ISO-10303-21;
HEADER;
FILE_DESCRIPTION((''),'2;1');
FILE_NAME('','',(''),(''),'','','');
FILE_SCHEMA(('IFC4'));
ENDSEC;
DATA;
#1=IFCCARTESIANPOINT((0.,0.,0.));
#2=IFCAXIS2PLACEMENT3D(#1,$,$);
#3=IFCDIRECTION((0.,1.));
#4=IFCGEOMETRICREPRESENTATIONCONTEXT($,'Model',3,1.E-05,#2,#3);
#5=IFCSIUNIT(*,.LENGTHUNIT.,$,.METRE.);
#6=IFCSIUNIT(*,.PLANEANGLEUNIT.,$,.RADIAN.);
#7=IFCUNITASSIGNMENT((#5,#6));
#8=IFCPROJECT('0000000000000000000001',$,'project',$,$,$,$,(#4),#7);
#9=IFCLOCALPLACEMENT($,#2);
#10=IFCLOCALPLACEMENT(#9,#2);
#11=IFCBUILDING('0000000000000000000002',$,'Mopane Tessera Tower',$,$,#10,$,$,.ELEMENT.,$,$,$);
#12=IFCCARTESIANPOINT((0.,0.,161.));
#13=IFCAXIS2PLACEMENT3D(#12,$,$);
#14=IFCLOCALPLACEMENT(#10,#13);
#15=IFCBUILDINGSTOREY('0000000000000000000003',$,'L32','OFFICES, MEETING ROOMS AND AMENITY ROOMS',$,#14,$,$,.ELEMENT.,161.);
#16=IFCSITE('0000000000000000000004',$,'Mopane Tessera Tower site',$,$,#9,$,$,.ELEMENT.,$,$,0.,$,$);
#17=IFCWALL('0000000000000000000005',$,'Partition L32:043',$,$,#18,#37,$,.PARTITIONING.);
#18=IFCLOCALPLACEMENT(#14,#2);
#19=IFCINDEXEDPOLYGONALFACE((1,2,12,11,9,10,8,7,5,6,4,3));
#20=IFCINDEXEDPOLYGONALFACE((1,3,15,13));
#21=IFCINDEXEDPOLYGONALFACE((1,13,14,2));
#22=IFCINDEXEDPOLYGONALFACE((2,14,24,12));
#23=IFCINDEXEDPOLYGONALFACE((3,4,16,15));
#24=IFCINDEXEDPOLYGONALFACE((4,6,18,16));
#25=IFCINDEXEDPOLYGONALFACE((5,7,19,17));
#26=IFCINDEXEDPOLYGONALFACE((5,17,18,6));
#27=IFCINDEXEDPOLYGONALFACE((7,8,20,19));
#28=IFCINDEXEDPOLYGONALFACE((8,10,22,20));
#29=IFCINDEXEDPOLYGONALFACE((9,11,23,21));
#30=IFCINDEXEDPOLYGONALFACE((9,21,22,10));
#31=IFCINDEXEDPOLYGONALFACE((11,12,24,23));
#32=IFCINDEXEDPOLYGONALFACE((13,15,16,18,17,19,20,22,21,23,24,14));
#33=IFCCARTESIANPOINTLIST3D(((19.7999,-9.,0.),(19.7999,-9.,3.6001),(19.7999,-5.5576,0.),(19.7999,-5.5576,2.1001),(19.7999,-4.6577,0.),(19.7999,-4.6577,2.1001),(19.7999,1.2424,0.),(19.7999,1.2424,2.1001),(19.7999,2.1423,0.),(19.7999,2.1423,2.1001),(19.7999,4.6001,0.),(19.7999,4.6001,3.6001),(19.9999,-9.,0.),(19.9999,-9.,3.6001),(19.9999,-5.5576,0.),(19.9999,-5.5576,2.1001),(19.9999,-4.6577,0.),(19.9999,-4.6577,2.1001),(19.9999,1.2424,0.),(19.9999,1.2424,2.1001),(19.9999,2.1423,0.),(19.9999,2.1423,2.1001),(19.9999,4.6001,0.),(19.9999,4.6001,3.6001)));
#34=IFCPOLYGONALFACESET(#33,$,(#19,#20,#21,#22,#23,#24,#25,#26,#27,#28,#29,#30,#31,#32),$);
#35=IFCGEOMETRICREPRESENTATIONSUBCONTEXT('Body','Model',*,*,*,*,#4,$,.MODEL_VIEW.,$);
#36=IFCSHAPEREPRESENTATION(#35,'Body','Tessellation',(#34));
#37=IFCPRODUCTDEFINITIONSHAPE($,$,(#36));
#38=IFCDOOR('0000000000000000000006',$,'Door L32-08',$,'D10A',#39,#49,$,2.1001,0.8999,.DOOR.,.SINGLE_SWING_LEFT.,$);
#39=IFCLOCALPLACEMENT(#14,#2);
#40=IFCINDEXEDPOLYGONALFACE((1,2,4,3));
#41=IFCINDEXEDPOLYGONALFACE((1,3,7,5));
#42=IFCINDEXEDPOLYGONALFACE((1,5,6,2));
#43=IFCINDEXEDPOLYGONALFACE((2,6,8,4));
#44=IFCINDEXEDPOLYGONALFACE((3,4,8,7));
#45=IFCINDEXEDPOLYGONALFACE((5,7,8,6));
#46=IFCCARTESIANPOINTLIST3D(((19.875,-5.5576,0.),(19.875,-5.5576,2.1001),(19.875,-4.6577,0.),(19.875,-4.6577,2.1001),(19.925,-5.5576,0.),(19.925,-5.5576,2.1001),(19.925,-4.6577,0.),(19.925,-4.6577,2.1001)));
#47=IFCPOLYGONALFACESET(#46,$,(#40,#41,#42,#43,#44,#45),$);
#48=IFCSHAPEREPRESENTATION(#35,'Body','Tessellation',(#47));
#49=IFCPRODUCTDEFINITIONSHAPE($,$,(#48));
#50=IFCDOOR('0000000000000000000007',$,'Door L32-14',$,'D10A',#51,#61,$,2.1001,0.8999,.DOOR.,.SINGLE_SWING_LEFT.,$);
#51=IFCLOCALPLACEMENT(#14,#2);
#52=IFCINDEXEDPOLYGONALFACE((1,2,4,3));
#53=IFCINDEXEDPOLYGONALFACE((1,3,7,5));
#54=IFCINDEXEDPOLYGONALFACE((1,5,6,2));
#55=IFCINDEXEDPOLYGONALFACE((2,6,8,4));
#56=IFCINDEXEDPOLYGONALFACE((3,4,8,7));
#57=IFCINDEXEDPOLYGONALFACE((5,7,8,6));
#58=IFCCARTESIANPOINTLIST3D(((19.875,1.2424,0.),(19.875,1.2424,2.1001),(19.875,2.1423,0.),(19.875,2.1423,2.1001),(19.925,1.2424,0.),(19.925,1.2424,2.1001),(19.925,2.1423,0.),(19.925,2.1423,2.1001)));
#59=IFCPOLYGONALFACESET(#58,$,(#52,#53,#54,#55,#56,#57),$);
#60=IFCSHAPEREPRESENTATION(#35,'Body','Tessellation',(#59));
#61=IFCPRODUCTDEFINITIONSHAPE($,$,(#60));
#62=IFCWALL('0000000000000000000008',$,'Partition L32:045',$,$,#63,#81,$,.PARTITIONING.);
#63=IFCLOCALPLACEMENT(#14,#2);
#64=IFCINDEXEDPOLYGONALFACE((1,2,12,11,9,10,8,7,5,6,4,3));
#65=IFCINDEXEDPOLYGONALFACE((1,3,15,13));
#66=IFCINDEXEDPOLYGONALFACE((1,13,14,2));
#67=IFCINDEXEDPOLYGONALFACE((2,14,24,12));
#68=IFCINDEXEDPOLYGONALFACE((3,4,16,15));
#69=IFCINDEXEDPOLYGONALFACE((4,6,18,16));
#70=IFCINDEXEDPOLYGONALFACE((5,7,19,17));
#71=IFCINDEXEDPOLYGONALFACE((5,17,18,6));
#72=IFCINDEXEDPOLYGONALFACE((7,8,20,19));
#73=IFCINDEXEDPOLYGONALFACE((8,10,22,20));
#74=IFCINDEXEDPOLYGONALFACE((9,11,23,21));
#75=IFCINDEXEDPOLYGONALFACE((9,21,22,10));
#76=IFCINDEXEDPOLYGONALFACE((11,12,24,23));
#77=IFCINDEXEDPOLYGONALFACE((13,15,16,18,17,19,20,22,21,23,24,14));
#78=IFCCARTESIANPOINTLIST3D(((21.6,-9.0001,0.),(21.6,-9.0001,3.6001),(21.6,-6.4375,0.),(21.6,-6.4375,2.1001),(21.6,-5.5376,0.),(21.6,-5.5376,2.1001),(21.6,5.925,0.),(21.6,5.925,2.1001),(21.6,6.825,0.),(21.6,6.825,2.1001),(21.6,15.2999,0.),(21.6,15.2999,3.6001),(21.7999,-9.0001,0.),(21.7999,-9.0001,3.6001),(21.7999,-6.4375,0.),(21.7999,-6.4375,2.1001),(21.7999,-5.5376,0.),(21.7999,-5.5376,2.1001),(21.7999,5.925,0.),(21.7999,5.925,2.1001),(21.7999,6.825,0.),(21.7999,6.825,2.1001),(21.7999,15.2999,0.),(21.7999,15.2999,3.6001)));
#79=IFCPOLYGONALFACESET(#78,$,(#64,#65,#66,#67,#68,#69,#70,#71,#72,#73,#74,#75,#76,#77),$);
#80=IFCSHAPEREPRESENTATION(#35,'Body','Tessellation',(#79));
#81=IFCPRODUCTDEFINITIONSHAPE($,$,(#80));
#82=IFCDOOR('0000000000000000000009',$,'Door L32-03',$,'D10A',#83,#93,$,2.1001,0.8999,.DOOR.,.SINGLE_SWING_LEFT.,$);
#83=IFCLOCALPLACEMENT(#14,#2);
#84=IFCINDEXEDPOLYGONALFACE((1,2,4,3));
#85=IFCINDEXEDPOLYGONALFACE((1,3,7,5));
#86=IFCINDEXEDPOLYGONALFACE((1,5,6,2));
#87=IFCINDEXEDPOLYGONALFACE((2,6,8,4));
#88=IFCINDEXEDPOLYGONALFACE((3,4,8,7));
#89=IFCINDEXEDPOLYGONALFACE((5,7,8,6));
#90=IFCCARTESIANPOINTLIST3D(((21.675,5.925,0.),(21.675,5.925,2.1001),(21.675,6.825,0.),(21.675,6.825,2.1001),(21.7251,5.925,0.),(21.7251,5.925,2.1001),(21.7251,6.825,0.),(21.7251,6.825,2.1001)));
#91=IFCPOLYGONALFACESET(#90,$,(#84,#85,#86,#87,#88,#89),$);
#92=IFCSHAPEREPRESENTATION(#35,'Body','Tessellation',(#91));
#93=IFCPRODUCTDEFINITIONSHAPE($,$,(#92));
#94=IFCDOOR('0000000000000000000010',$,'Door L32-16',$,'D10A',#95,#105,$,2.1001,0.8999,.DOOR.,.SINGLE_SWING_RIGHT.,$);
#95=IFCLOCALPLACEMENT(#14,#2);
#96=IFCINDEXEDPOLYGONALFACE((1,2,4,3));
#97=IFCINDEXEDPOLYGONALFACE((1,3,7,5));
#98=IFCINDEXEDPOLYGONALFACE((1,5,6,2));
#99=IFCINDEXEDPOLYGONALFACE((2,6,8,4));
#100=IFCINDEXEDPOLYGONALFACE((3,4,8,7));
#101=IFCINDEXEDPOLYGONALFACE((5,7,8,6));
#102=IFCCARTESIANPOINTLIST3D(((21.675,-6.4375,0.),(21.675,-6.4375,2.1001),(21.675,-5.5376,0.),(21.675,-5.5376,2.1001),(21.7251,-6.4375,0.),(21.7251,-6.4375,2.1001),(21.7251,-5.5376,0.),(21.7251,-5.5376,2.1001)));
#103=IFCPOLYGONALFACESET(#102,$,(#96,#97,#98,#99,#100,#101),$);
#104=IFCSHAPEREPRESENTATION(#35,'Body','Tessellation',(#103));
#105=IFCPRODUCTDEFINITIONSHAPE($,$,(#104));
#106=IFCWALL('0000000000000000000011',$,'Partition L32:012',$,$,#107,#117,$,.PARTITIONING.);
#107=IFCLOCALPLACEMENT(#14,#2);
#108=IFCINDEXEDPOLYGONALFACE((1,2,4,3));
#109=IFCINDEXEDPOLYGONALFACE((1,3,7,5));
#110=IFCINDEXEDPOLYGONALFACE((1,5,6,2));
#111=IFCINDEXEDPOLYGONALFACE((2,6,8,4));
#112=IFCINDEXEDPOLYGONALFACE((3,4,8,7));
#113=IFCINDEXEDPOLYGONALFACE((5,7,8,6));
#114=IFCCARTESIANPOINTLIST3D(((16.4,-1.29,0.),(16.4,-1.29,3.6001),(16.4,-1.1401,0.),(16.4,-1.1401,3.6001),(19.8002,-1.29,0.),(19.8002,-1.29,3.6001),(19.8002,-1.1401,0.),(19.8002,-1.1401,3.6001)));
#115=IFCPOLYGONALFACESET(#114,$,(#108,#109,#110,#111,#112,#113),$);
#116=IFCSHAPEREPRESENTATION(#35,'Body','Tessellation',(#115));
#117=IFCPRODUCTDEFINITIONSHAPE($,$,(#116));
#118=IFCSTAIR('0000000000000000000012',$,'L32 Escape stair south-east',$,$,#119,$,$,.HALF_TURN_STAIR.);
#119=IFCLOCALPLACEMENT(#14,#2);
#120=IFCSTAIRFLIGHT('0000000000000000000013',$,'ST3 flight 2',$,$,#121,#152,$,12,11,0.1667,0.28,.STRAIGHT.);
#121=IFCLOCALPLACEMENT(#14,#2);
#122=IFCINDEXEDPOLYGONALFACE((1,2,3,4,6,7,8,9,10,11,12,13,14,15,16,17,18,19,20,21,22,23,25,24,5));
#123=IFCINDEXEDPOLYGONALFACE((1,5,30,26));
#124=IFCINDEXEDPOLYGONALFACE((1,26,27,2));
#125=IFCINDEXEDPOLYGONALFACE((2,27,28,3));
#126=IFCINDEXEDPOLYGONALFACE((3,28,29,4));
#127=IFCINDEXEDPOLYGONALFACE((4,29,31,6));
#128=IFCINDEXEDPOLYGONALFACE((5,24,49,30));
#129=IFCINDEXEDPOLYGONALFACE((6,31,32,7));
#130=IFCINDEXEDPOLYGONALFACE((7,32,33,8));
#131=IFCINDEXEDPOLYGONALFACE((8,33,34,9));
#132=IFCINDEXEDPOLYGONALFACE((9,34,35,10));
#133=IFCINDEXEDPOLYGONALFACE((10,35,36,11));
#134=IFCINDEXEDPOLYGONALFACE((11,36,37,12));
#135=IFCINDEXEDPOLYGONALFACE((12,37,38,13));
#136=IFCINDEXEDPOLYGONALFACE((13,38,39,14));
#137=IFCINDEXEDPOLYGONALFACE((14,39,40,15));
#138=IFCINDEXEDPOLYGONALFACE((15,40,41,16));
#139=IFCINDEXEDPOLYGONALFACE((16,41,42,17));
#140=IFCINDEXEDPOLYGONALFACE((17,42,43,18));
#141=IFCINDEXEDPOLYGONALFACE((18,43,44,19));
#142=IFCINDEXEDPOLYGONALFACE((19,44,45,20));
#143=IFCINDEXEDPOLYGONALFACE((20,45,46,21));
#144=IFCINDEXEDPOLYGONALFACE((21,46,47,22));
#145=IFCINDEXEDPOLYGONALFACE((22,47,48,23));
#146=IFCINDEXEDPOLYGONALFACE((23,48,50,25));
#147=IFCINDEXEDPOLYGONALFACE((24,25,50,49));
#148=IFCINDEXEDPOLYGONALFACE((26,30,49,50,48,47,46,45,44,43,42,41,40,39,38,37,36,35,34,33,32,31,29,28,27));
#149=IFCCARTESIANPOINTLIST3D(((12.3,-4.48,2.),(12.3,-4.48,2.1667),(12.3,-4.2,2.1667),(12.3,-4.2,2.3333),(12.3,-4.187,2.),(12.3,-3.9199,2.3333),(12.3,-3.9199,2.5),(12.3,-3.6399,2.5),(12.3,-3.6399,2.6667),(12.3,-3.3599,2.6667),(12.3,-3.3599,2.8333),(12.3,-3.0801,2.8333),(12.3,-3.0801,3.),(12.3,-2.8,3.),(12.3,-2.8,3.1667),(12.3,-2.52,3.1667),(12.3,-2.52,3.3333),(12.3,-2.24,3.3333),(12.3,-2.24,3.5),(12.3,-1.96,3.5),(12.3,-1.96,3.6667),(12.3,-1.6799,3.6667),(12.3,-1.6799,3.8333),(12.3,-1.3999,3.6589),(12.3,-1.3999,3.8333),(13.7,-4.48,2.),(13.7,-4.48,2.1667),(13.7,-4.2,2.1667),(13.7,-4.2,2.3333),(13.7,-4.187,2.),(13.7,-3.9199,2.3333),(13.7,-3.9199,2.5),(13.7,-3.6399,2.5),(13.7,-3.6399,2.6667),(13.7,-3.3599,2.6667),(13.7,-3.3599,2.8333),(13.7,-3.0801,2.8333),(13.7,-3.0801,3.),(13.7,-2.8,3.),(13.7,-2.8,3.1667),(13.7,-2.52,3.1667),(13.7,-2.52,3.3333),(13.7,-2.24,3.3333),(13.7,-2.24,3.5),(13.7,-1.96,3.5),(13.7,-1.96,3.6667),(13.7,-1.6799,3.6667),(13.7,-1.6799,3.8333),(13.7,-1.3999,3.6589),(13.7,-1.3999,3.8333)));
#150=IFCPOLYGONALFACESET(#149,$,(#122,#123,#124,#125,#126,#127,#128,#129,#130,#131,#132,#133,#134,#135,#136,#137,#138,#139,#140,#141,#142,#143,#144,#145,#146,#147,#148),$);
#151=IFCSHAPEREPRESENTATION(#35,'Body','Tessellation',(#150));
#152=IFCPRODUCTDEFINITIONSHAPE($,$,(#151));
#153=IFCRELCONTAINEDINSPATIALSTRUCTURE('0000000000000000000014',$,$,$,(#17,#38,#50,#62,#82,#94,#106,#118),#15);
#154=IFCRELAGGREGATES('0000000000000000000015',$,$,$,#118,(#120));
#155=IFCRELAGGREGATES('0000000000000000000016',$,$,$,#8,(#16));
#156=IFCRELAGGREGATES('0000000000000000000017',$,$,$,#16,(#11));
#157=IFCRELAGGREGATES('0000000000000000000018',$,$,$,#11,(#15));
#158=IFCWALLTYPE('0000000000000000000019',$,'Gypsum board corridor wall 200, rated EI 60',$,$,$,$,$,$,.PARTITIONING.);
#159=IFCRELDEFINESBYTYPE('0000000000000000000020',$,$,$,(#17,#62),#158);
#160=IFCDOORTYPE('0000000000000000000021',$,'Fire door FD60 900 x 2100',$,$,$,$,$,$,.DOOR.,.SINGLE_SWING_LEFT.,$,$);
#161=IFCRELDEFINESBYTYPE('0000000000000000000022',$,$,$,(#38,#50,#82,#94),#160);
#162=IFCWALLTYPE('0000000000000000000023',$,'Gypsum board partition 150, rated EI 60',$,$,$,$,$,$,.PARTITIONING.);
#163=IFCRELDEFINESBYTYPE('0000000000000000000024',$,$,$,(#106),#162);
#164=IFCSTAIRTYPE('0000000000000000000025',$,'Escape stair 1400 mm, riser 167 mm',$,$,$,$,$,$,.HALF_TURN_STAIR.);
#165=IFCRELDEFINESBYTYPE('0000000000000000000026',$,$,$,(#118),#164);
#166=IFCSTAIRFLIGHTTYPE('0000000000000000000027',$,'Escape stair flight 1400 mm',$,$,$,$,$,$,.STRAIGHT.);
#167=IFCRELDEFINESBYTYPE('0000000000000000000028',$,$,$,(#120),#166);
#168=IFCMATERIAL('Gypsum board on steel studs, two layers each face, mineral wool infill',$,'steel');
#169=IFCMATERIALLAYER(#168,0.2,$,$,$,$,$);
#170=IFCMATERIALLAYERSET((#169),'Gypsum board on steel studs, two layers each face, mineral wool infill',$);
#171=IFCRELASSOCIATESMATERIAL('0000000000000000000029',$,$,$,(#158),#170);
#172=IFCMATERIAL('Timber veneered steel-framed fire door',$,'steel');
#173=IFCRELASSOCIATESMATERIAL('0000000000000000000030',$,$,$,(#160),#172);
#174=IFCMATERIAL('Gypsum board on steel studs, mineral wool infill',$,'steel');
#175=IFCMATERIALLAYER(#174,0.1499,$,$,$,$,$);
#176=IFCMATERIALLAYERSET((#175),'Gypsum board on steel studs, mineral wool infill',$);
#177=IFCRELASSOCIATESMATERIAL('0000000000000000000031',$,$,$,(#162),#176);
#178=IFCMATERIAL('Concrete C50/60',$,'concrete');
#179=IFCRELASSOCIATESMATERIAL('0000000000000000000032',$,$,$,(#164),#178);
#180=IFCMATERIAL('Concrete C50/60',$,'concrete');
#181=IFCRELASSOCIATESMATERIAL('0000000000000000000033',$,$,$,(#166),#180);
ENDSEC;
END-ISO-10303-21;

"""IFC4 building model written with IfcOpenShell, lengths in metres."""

from ifc_helpers import new_model, si_unit, direction, frame, frame_2d, origin, place, context, subcontext, project, spatial, polyline, rectangle, outline, extrude, material, layer, layer_set, type_object, element, fill, aggregate, save


model = new_model("IFC4")

# Units and contexts
model_context = context("Model", 3, precision=1e-05, world=origin(), true_north=direction((0.0, 1.0)))
body_context = subcontext(model_context, "Body", "Model", "MODEL_VIEW")
ifc_project = project(units=[si_unit("LENGTHUNIT", "METRE"), si_unit("PLANEANGLEUNIT", "RADIAN")], contexts=[model_context])

# Site, building, storey
site_placement = place(None, origin())
site = spatial("IfcSite", under=ifc_project, at=site_placement, Name="Mopane Tessera Tower site", CompositionType="ELEMENT", RefElevation=0.0)
building_placement = place(site_placement, origin())
building = spatial("IfcBuilding", under=site, at=building_placement, Name="Mopane Tessera Tower", CompositionType="ELEMENT")
storey_placement = place(building_placement, frame((0.0, 0.0, 161.0)))
storey = spatial("IfcBuildingStorey", under=building, at=storey_placement, Name="L32", Description="OFFICES, MEETING ROOMS AND AMENITY ROOMS", CompositionType="ELEMENT", Elevation=161.0)

# Shared definitions
ifc_material_1 = material(Name="Gypsum board on steel studs, two layers each face, mineral wool infill", Category="steel")
ifc_layer_1 = layer(ifc_material_1, 0.2)
ifc_layer_set_1 = layer_set([ifc_layer_1], Name="Gypsum board on steel studs, two layers each face, mineral wool infill")
wall_type_1 = type_object("IfcWallType", Name="Gypsum board corridor wall 200, rated EI 60", PredefinedType="PARTITIONING", material=ifc_layer_set_1)

# Walls, openings, doors
wall_1_placement = place(storey_placement, frame((19.8999, -9.0, 0.0), z_axis=(0.0, 0.0, 1.0), x_axis=(0.0, 1.0, 0.0)))
wall_1 = element("IfcWall", 1, at=wall_1_placement, inside=storey, type_object=wall_type_1, Name="Partition L32:043", PredefinedType="PARTITIONING", context=body_context, shape_type="SweptSolid", body=[
    extrude(rectangle(XDim=13.6001, YDim=0.2, at=frame_2d((6.8, 0.0))), origin(), (0.0, 0.0, 1.0), 3.6001),
])
opening_1_placement = place(wall_1_placement, frame((3.4424, 0.0, 0.0)))
opening_1 = element("IfcOpeningElement", 2, at=opening_1_placement, cuts=wall_1, PredefinedType="OPENING", context=body_context, shape_type="SweptSolid", body=[
    extrude(rectangle(XDim=0.8999, YDim=2.1001, at=frame_2d((0.45, 1.05))), frame((0.0, 0.1121, 0.0), z_axis=(0.0, -1.0, 0.0), x_axis=(1.0, 0.0, 0.0)), (0.0, 0.0, 1.0), 0.2239),
])
opening_2_placement = place(wall_1_placement, frame((10.2424, 0.0, 0.0)))
opening_2 = element("IfcOpeningElement", 3, at=opening_2_placement, cuts=wall_1, PredefinedType="OPENING", context=body_context, shape_type="SweptSolid", body=[
    extrude(rectangle(XDim=0.8999, YDim=2.1001, at=frame_2d((0.45, 1.05))), frame((0.0, 0.1121, 0.0), z_axis=(0.0, -1.0, 0.0), x_axis=(1.0, 0.0, 0.0)), (0.0, 0.0, 1.0), 0.2239),
])
ifc_material_2 = material(Name="Timber veneered steel-framed fire door", Category="steel")
door_type_1 = type_object("IfcDoorType", Name="Fire door FD60 900 x 2100", OperationType="SINGLE_SWING_LEFT", PredefinedType="DOOR", material=ifc_material_2)
door_1_placement = place(opening_1_placement, origin())
door_1 = element("IfcDoor", 4, at=door_1_placement, inside=storey, type_object=door_type_1, Name="Door L32-08", ObjectType="D10A", OperationType="SINGLE_SWING_LEFT", OverallHeight=2.1001, OverallWidth=0.8999, PredefinedType="DOOR", context=body_context, shape_type="SweptSolid", body=[
    extrude(rectangle(XDim=0.8999, YDim=2.1001, at=frame_2d((0.45, 1.05))), frame((0.0, 0.0249, 0.0), z_axis=(0.0, -1.0, 0.0), x_axis=(1.0, 0.0, 0.0)), (0.0, 0.0, 1.0), 0.05),
])
fill(opening_1, door_1)
door_2_placement = place(opening_2_placement, origin())
door_2 = element("IfcDoor", 5, at=door_2_placement, inside=storey, type_object=door_type_1, Name="Door L32-14", ObjectType="D10A", OperationType="SINGLE_SWING_LEFT", OverallHeight=2.1001, OverallWidth=0.8999, PredefinedType="DOOR", context=body_context, shape_type="SweptSolid", body=[
    extrude(rectangle(XDim=0.8999, YDim=2.1001, at=frame_2d((0.45, 1.05))), frame((0.0, 0.0249, 0.0), z_axis=(0.0, -1.0, 0.0), x_axis=(1.0, 0.0, 0.0)), (0.0, 0.0, 1.0), 0.05),
])
fill(opening_2, door_2)
wall_2_placement = place(storey_placement, frame((21.7, -9.0, 0.0), z_axis=(0.0, 0.0, 1.0), x_axis=(0.0, 1.0, 0.0)))
wall_2 = element("IfcWall", 6, at=wall_2_placement, inside=storey, type_object=wall_type_1, Name="Partition L32:045", PredefinedType="PARTITIONING", context=body_context, shape_type="SweptSolid", body=[
    extrude(rectangle(XDim=24.3, YDim=0.2, at=frame_2d((12.1499, 0.0))), origin(), (0.0, 0.0, 1.0), 3.6001),
])
opening_3_placement = place(wall_2_placement, frame((14.925, 0.0, 0.0)))
opening_3 = element("IfcOpeningElement", 7, at=opening_3_placement, cuts=wall_2, PredefinedType="OPENING", context=body_context, shape_type="SweptSolid", body=[
    extrude(rectangle(XDim=0.8999, YDim=2.1001, at=frame_2d((0.45, 1.05))), frame((0.0, 0.1121, 0.0), z_axis=(0.0, -1.0, 0.0), x_axis=(1.0, 0.0, 0.0)), (0.0, 0.0, 1.0), 0.2239),
])
opening_4_placement = place(wall_2_placement, frame((2.5625, 0.0, 0.0)))
opening_4 = element("IfcOpeningElement", 8, at=opening_4_placement, cuts=wall_2, PredefinedType="OPENING", context=body_context, shape_type="SweptSolid", body=[
    extrude(rectangle(XDim=0.8999, YDim=2.1001, at=frame_2d((0.45, 1.05))), frame((0.0, 0.1121, 0.0), z_axis=(0.0, -1.0, 0.0), x_axis=(1.0, 0.0, 0.0)), (0.0, 0.0, 1.0), 0.2239),
])
door_3_placement = place(opening_3_placement, origin())
door_3 = element("IfcDoor", 9, at=door_3_placement, inside=storey, type_object=door_type_1, Name="Door L32-03", ObjectType="D10A", OperationType="SINGLE_SWING_LEFT", OverallHeight=2.1001, OverallWidth=0.8999, PredefinedType="DOOR", context=body_context, shape_type="SweptSolid", body=[
    extrude(rectangle(XDim=0.8999, YDim=2.1001, at=frame_2d((0.45, 1.05))), frame((0.0, 0.0249, 0.0), z_axis=(0.0, -1.0, 0.0), x_axis=(1.0, 0.0, 0.0)), (0.0, 0.0, 1.0), 0.05),
])
fill(opening_3, door_3)
door_4_placement = place(opening_4_placement, origin())
door_4 = element("IfcDoor", 10, at=door_4_placement, inside=storey, type_object=door_type_1, Name="Door L32-16", ObjectType="D10A", OperationType="SINGLE_SWING_RIGHT", OverallHeight=2.1001, OverallWidth=0.8999, PredefinedType="DOOR", context=body_context, shape_type="SweptSolid", body=[
    extrude(rectangle(XDim=0.8999, YDim=2.1001, at=frame_2d((0.45, 1.05))), frame((0.0, 0.0249, 0.0), z_axis=(0.0, -1.0, 0.0), x_axis=(1.0, 0.0, 0.0)), (0.0, 0.0, 1.0), 0.05),
])
fill(opening_4, door_4)

# Wall
ifc_material_3 = material(Name="Gypsum board on steel studs, mineral wool infill", Category="steel")
ifc_layer_2 = layer(ifc_material_3, 0.1499)
ifc_layer_set_2 = layer_set([ifc_layer_2], Name="Gypsum board on steel studs, mineral wool infill")
wall_type_2 = type_object("IfcWallType", Name="Gypsum board partition 150, rated EI 60", PredefinedType="PARTITIONING", material=ifc_layer_set_2)
wall_3_placement = place(storey_placement, frame((16.3999, -1.2151, 0.0), z_axis=(0.0, 0.0, 1.0), x_axis=(1.0, 0.0, 0.0)))
element("IfcWall", 11, at=wall_3_placement, inside=storey, type_object=wall_type_2, Name="Partition L32:012", PredefinedType="PARTITIONING", context=body_context, shape_type="SweptSolid", body=[
    extrude(rectangle(XDim=3.4001, YDim=0.1499, at=frame_2d((1.7002, 0.0))), origin(), (0.0, 0.0, 1.0), 3.6001),
])

# Stair, stair flight
ifc_material_4 = material(Name="Concrete C50/60", Category="concrete")
stair_type = type_object("IfcStairType", Name="Escape stair 1400 mm, riser 167 mm", PredefinedType="HALF_TURN_STAIR", material=ifc_material_4)
stair_placement = place(storey_placement, origin())
stair = element("IfcStair", 12, at=stair_placement, inside=storey, type_object=stair_type, Name="L32 Escape stair south-east", PredefinedType="HALF_TURN_STAIR")
ifc_material_5 = material(Name="Concrete C50/60", Category="concrete")
stair_flight_type = type_object("IfcStairFlightType", Name="Escape stair flight 1400 mm", PredefinedType="STRAIGHT", material=ifc_material_5)
stair_flight_placement = place(storey_placement, frame((13.0, -4.48, 2.0), z_axis=(0.0, 0.0, 1.0), x_axis=(0.0, 1.0, 0.0)))
stair_flight = element("IfcStairFlight", 13, at=stair_flight_placement, type_object=stair_flight_type, Name="ST3 flight 2", NumberOfRisers=12, NumberOfTreads=11, PredefinedType="STRAIGHT", RiserHeight=0.1667, TreadLength=0.28, context=body_context, shape_type="SweptSolid", body=[
    extrude(outline(polyline([(0.0, 0.0), (0.0, 0.1667), (0.28, 0.1667), (0.28, 0.3333), (0.5601, 0.3333), (0.5601, 0.5), (0.8401, 0.5), (0.8401, 0.6667), (1.1201, 0.6667), (1.1201, 0.8333), (1.3999, 0.8333), (1.3999, 1.0), (1.6799, 1.0), (1.6799, 1.1667), (1.96, 1.1667), (1.96, 1.3333), (2.24, 1.3333), (2.24, 1.5), (2.52, 1.5), (2.52, 1.6667), (2.8, 1.6667), (2.8, 1.8333), (3.0801, 1.8333), (3.0801, 2.0), (3.0801, 1.6589), (0.293, 0.0), (0.0, 0.0)])), frame((0.0, 0.7, 0.0), z_axis=(0.0, -1.0, 0.0), x_axis=(1.0, 0.0, 0.0)), (0.0, 0.0, 1.0), 1.3999),
])
aggregate(stair, [stair_flight])

save(model, "model.ifc")
